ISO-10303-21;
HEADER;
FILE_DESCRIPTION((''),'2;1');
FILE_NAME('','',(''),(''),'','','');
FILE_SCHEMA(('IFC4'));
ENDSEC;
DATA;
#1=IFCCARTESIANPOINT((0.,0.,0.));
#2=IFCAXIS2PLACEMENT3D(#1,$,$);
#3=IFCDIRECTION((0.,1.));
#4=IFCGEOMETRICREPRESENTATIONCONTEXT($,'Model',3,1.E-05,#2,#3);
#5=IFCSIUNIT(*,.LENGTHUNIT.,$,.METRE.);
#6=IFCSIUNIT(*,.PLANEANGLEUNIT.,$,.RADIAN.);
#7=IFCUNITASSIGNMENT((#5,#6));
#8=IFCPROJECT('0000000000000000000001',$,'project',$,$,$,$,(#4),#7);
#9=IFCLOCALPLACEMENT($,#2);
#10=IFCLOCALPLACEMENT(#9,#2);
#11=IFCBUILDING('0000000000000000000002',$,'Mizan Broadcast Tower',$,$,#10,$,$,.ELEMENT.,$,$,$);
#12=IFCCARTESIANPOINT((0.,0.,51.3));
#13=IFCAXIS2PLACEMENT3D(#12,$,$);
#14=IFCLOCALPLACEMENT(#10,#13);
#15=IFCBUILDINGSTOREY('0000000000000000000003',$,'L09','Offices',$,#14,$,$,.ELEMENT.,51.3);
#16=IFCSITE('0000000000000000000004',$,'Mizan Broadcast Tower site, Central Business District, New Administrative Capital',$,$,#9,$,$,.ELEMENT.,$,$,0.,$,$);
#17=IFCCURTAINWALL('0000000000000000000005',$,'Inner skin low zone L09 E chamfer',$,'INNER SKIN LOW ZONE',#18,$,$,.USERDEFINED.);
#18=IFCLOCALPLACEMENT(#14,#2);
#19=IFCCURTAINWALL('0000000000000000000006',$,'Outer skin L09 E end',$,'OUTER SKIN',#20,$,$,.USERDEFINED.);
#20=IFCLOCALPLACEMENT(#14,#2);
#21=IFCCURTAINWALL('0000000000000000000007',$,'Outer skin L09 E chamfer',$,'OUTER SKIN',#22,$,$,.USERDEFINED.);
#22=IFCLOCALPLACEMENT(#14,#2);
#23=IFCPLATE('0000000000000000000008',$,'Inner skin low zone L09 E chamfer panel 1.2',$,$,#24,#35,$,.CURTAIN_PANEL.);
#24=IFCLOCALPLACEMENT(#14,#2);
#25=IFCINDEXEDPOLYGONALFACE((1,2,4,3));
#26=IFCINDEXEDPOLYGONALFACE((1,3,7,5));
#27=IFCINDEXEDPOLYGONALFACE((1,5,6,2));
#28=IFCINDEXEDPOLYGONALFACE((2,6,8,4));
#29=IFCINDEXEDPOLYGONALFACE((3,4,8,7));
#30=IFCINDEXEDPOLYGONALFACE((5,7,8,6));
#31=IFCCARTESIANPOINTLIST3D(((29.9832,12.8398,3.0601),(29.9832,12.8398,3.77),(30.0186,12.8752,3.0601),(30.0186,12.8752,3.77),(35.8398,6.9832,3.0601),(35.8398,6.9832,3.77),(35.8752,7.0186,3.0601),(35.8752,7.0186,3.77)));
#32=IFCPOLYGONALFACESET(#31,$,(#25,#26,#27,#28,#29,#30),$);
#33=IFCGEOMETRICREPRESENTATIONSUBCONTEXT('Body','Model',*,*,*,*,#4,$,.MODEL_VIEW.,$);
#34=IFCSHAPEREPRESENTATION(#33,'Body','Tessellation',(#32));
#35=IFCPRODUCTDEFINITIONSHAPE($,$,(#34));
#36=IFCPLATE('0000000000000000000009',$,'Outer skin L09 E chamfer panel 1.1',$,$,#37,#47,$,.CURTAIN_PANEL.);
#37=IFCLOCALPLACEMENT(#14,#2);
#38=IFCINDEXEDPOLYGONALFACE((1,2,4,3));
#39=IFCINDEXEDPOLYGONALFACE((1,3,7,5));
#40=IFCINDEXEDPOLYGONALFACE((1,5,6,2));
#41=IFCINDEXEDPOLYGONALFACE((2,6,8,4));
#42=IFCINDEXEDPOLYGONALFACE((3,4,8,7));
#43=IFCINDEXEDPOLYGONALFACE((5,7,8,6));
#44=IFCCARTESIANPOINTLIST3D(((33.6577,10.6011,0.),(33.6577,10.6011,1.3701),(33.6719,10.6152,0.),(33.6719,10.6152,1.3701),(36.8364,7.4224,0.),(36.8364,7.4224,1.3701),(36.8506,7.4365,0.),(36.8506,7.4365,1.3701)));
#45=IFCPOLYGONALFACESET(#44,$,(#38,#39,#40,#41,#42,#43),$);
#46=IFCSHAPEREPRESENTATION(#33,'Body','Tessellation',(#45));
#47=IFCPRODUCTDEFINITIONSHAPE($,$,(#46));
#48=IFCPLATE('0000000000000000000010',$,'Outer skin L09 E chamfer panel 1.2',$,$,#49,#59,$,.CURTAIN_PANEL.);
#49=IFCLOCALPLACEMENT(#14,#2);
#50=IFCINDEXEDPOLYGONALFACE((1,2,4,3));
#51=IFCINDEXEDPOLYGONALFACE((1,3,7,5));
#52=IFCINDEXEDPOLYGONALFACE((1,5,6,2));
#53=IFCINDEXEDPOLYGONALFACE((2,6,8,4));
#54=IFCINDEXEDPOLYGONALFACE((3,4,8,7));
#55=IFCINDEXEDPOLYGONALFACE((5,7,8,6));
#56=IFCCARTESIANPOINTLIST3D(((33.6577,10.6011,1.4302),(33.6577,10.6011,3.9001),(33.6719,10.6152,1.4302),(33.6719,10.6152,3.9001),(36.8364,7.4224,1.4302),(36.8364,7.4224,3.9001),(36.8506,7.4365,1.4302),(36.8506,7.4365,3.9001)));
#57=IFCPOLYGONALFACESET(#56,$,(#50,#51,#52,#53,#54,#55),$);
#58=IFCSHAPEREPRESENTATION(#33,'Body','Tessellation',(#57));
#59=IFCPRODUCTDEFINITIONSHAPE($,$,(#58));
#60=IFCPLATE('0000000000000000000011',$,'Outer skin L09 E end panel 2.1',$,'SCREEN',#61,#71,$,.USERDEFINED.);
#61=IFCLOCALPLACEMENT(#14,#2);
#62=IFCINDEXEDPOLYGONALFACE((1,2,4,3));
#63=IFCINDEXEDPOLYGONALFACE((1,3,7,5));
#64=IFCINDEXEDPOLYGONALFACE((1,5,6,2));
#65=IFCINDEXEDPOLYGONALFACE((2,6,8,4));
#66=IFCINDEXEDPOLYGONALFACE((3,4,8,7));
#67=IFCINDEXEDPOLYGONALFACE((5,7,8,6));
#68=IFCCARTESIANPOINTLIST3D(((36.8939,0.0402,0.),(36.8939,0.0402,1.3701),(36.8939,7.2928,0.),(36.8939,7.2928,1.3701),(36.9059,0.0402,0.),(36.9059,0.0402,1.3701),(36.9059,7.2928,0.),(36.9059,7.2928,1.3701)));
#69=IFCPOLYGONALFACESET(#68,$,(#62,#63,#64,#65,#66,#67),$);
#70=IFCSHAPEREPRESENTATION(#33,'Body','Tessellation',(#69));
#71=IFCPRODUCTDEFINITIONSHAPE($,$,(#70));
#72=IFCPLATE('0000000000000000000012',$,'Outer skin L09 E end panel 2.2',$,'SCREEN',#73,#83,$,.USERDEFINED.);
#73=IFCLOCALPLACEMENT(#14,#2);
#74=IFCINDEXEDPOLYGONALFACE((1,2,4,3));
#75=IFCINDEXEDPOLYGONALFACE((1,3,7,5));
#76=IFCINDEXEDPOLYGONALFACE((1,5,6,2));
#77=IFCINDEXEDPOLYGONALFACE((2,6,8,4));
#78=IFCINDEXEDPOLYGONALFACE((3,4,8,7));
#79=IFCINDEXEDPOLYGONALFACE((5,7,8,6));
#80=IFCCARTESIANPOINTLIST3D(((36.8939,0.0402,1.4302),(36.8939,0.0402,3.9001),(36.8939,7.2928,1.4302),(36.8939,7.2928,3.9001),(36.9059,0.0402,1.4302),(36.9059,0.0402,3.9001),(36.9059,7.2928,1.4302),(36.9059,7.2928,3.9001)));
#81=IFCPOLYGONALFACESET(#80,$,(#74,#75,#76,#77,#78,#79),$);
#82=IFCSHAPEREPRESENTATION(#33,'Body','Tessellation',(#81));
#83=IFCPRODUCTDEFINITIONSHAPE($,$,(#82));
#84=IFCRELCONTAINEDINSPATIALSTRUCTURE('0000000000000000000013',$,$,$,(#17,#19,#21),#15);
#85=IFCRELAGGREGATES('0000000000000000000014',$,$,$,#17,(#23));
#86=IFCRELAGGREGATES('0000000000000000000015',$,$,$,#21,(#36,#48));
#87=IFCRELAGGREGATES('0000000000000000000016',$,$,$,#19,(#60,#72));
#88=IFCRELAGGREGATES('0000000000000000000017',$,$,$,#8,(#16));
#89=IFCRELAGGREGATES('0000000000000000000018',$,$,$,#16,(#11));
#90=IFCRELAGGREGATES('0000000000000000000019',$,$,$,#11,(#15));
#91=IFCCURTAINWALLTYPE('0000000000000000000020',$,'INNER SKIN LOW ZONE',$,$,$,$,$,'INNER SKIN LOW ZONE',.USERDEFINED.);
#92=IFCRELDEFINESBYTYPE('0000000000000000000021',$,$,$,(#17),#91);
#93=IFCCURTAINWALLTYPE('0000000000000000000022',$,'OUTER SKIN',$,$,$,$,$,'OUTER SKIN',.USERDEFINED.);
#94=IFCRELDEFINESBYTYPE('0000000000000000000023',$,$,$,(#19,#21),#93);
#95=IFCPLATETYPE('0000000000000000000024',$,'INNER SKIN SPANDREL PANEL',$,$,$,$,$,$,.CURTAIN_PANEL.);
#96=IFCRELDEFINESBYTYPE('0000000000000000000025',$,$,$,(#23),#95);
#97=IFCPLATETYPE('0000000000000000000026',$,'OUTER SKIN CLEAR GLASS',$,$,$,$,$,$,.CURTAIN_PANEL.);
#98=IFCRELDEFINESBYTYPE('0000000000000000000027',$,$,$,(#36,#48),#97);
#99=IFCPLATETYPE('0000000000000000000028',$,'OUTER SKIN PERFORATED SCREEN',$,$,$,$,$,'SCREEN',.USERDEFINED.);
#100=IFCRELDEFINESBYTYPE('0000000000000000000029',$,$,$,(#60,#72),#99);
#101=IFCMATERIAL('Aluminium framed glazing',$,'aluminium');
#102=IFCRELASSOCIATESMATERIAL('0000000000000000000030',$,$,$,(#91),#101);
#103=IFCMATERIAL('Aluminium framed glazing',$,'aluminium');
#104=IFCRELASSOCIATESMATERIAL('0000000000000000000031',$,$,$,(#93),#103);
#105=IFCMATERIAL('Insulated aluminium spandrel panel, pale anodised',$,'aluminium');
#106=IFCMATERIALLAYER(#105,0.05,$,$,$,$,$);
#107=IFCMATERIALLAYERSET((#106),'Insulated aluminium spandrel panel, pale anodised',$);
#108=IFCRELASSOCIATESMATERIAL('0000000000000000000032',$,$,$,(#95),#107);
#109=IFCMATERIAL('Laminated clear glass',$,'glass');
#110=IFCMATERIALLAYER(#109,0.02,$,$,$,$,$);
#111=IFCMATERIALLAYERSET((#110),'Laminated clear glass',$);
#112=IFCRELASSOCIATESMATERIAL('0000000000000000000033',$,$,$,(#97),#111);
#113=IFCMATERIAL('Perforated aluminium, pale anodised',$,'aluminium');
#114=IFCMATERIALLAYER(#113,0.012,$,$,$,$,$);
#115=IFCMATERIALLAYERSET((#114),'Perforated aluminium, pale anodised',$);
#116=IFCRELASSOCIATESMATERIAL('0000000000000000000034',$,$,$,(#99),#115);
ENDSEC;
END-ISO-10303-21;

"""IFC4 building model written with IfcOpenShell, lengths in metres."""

from ifc_helpers import new_model, si_unit, direction, frame, origin, origin_2d, place, context, subcontext, project, spatial, rectangle, extrude, material, layer, layer_set, type_object, element, aggregate, save


model = new_model("IFC4")

# Units and contexts
model_context = context("Model", 3, precision=1e-05, world=origin(), true_north=direction((0.0, 1.0)))
body_context = subcontext(model_context, "Body", "Model", "MODEL_VIEW")
ifc_project = project(units=[si_unit("LENGTHUNIT", "METRE"), si_unit("PLANEANGLEUNIT", "RADIAN")], contexts=[model_context])

# Site, building, storey
site_placement = place(None, origin())
site = spatial("IfcSite", under=ifc_project, at=site_placement, Name="Mizan Broadcast Tower site, Central Business District, New Administrative Capital", CompositionType="ELEMENT", RefElevation=0.0)
building_placement = place(site_placement, origin())
building = spatial("IfcBuilding", under=site, at=building_placement, Name="Mizan Broadcast Tower", CompositionType="ELEMENT")
storey_placement = place(building_placement, frame((0.0, 0.0, 51.3)))
storey = spatial("IfcBuildingStorey", under=building, at=storey_placement, Name="L09", Description="Offices", CompositionType="ELEMENT", Elevation=51.3)

# Shared definitions
ifc_material_1 = material(Name="Aluminium framed glazing", Category="aluminium")
curtain_wall_type_1 = type_object("IfcCurtainWallType", Name="INNER SKIN LOW ZONE", ElementType="INNER SKIN LOW ZONE", PredefinedType="USERDEFINED", material=ifc_material_1)

# Curtain wall
curtain_wall_1_placement = place(storey_placement, origin())
curtain_wall_1 = element("IfcCurtainWall", 1, at=curtain_wall_1_placement, inside=storey, type_object=curtain_wall_type_1, Name="Inner skin low zone L09 E chamfer", ObjectType="INNER SKIN LOW ZONE", PredefinedType="USERDEFINED")

# Curtain wall
ifc_material_2 = material(Name="Aluminium framed glazing", Category="aluminium")
curtain_wall_type_2 = type_object("IfcCurtainWallType", Name="OUTER SKIN", ElementType="OUTER SKIN", PredefinedType="USERDEFINED", material=ifc_material_2)
curtain_wall_2_placement = place(storey_placement, origin())
curtain_wall_2 = element("IfcCurtainWall", 2, at=curtain_wall_2_placement, inside=storey, type_object=curtain_wall_type_2, Name="Outer skin L09 E end", ObjectType="OUTER SKIN", PredefinedType="USERDEFINED")

# Curtain wall
curtain_wall_3_placement = place(storey_placement, origin())
curtain_wall_3 = element("IfcCurtainWall", 3, at=curtain_wall_3_placement, inside=storey, type_object=curtain_wall_type_2, Name="Outer skin L09 E chamfer", ObjectType="OUTER SKIN", PredefinedType="USERDEFINED")

# Plates
ifc_material_3 = material(Name="Insulated aluminium spandrel panel, pale anodised", Category="aluminium")
ifc_layer_1 = layer(ifc_material_3, 0.05)
ifc_layer_set_1 = layer_set([ifc_layer_1], Name="Insulated aluminium spandrel panel, pale anodised")
plate_type_1 = type_object("IfcPlateType", Name="INNER SKIN SPANDREL PANEL", PredefinedType="CURTAIN_PANEL", material=ifc_layer_set_1)
plate_1_placement = place(storey_placement, frame((32.9292, 9.9292, 3.0601), z_axis=(0.0, 0.0, 1.0), x_axis=(-0.707107, 0.707107, 0.0)))
plate_1 = element("IfcPlate", 4, at=plate_1_placement, type_object=plate_type_1, Name="Inner skin low zone L09 E chamfer panel 1.2", PredefinedType="CURTAIN_PANEL", context=body_context, shape_type="SweptSolid", body=[
    extrude(rectangle(XDim=8.2825, YDim=0.05, at=origin_2d()), origin(), (0.0, 0.0, 1.0), 0.71),
])
aggregate(curtain_wall_1, [plate_1])
ifc_material_4 = material(Name="Laminated clear glass", Category="glass")
ifc_layer_2 = layer(ifc_material_4, 0.02)
ifc_layer_set_2 = layer_set([ifc_layer_2], Name="Laminated clear glass")
plate_type_2 = type_object("IfcPlateType", Name="OUTER SKIN CLEAR GLASS", PredefinedType="CURTAIN_PANEL", material=ifc_layer_set_2)
plate_2_placement = place(storey_placement, frame((35.2542, 9.0188, 0.0), z_axis=(0.0, 0.0, 1.0), x_axis=(-0.707107, 0.707107, 0.0)))
plate_2 = element("IfcPlate", 5, at=plate_2_placement, type_object=plate_type_2, Name="Outer skin L09 E chamfer panel 1.1", PredefinedType="CURTAIN_PANEL", context=body_context, shape_type="SweptSolid", body=[
    extrude(rectangle(XDim=4.4954, YDim=0.02, at=origin_2d()), origin(), (0.0, 0.0, 1.0), 1.3701),
])
plate_3_placement = place(storey_placement, frame((35.2542, 9.0188, 1.4302), z_axis=(0.0, 0.0, 1.0), x_axis=(-0.707107, 0.707107, 0.0)))
plate_3 = element("IfcPlate", 6, at=plate_3_placement, type_object=plate_type_2, Name="Outer skin L09 E chamfer panel 1.2", PredefinedType="CURTAIN_PANEL", context=body_context, shape_type="SweptSolid", body=[
    extrude(rectangle(XDim=4.4954, YDim=0.02, at=origin_2d()), origin(), (0.0, 0.0, 1.0), 2.47),
])
aggregate(curtain_wall_3, [plate_2, plate_3])
ifc_material_5 = material(Name="Perforated aluminium, pale anodised", Category="aluminium")
ifc_layer_3 = layer(ifc_material_5, 0.012)
ifc_layer_set_3 = layer_set([ifc_layer_3], Name="Perforated aluminium, pale anodised")
plate_type_3 = type_object("IfcPlateType", Name="OUTER SKIN PERFORATED SCREEN", ElementType="SCREEN", PredefinedType="USERDEFINED", material=ifc_layer_set_3)
plate_4_placement = place(storey_placement, frame((36.8999, 3.6665, 0.0), z_axis=(0.0, 0.0, 1.0), x_axis=(0.0, 1.0, 0.0)))
plate_4 = element("IfcPlate", 7, at=plate_4_placement, type_object=plate_type_3, Name="Outer skin L09 E end panel 2.1", ObjectType="SCREEN", PredefinedType="USERDEFINED", context=body_context, shape_type="SweptSolid", body=[
    extrude(rectangle(XDim=7.2527, YDim=0.012, at=origin_2d()), origin(), (0.0, 0.0, 1.0), 1.3701),
])
plate_5_placement = place(storey_placement, frame((36.8999, 3.6665, 1.4302), z_axis=(0.0, 0.0, 1.0), x_axis=(0.0, 1.0, 0.0)))
plate_5 = element("IfcPlate", 8, at=plate_5_placement, type_object=plate_type_3, Name="Outer skin L09 E end panel 2.2", ObjectType="SCREEN", PredefinedType="USERDEFINED", context=body_context, shape_type="SweptSolid", body=[
    extrude(rectangle(XDim=7.2527, YDim=0.012, at=origin_2d()), origin(), (0.0, 0.0, 1.0), 2.47),
])
aggregate(curtain_wall_2, [plate_4, plate_5])

save(model, "model.ifc")
